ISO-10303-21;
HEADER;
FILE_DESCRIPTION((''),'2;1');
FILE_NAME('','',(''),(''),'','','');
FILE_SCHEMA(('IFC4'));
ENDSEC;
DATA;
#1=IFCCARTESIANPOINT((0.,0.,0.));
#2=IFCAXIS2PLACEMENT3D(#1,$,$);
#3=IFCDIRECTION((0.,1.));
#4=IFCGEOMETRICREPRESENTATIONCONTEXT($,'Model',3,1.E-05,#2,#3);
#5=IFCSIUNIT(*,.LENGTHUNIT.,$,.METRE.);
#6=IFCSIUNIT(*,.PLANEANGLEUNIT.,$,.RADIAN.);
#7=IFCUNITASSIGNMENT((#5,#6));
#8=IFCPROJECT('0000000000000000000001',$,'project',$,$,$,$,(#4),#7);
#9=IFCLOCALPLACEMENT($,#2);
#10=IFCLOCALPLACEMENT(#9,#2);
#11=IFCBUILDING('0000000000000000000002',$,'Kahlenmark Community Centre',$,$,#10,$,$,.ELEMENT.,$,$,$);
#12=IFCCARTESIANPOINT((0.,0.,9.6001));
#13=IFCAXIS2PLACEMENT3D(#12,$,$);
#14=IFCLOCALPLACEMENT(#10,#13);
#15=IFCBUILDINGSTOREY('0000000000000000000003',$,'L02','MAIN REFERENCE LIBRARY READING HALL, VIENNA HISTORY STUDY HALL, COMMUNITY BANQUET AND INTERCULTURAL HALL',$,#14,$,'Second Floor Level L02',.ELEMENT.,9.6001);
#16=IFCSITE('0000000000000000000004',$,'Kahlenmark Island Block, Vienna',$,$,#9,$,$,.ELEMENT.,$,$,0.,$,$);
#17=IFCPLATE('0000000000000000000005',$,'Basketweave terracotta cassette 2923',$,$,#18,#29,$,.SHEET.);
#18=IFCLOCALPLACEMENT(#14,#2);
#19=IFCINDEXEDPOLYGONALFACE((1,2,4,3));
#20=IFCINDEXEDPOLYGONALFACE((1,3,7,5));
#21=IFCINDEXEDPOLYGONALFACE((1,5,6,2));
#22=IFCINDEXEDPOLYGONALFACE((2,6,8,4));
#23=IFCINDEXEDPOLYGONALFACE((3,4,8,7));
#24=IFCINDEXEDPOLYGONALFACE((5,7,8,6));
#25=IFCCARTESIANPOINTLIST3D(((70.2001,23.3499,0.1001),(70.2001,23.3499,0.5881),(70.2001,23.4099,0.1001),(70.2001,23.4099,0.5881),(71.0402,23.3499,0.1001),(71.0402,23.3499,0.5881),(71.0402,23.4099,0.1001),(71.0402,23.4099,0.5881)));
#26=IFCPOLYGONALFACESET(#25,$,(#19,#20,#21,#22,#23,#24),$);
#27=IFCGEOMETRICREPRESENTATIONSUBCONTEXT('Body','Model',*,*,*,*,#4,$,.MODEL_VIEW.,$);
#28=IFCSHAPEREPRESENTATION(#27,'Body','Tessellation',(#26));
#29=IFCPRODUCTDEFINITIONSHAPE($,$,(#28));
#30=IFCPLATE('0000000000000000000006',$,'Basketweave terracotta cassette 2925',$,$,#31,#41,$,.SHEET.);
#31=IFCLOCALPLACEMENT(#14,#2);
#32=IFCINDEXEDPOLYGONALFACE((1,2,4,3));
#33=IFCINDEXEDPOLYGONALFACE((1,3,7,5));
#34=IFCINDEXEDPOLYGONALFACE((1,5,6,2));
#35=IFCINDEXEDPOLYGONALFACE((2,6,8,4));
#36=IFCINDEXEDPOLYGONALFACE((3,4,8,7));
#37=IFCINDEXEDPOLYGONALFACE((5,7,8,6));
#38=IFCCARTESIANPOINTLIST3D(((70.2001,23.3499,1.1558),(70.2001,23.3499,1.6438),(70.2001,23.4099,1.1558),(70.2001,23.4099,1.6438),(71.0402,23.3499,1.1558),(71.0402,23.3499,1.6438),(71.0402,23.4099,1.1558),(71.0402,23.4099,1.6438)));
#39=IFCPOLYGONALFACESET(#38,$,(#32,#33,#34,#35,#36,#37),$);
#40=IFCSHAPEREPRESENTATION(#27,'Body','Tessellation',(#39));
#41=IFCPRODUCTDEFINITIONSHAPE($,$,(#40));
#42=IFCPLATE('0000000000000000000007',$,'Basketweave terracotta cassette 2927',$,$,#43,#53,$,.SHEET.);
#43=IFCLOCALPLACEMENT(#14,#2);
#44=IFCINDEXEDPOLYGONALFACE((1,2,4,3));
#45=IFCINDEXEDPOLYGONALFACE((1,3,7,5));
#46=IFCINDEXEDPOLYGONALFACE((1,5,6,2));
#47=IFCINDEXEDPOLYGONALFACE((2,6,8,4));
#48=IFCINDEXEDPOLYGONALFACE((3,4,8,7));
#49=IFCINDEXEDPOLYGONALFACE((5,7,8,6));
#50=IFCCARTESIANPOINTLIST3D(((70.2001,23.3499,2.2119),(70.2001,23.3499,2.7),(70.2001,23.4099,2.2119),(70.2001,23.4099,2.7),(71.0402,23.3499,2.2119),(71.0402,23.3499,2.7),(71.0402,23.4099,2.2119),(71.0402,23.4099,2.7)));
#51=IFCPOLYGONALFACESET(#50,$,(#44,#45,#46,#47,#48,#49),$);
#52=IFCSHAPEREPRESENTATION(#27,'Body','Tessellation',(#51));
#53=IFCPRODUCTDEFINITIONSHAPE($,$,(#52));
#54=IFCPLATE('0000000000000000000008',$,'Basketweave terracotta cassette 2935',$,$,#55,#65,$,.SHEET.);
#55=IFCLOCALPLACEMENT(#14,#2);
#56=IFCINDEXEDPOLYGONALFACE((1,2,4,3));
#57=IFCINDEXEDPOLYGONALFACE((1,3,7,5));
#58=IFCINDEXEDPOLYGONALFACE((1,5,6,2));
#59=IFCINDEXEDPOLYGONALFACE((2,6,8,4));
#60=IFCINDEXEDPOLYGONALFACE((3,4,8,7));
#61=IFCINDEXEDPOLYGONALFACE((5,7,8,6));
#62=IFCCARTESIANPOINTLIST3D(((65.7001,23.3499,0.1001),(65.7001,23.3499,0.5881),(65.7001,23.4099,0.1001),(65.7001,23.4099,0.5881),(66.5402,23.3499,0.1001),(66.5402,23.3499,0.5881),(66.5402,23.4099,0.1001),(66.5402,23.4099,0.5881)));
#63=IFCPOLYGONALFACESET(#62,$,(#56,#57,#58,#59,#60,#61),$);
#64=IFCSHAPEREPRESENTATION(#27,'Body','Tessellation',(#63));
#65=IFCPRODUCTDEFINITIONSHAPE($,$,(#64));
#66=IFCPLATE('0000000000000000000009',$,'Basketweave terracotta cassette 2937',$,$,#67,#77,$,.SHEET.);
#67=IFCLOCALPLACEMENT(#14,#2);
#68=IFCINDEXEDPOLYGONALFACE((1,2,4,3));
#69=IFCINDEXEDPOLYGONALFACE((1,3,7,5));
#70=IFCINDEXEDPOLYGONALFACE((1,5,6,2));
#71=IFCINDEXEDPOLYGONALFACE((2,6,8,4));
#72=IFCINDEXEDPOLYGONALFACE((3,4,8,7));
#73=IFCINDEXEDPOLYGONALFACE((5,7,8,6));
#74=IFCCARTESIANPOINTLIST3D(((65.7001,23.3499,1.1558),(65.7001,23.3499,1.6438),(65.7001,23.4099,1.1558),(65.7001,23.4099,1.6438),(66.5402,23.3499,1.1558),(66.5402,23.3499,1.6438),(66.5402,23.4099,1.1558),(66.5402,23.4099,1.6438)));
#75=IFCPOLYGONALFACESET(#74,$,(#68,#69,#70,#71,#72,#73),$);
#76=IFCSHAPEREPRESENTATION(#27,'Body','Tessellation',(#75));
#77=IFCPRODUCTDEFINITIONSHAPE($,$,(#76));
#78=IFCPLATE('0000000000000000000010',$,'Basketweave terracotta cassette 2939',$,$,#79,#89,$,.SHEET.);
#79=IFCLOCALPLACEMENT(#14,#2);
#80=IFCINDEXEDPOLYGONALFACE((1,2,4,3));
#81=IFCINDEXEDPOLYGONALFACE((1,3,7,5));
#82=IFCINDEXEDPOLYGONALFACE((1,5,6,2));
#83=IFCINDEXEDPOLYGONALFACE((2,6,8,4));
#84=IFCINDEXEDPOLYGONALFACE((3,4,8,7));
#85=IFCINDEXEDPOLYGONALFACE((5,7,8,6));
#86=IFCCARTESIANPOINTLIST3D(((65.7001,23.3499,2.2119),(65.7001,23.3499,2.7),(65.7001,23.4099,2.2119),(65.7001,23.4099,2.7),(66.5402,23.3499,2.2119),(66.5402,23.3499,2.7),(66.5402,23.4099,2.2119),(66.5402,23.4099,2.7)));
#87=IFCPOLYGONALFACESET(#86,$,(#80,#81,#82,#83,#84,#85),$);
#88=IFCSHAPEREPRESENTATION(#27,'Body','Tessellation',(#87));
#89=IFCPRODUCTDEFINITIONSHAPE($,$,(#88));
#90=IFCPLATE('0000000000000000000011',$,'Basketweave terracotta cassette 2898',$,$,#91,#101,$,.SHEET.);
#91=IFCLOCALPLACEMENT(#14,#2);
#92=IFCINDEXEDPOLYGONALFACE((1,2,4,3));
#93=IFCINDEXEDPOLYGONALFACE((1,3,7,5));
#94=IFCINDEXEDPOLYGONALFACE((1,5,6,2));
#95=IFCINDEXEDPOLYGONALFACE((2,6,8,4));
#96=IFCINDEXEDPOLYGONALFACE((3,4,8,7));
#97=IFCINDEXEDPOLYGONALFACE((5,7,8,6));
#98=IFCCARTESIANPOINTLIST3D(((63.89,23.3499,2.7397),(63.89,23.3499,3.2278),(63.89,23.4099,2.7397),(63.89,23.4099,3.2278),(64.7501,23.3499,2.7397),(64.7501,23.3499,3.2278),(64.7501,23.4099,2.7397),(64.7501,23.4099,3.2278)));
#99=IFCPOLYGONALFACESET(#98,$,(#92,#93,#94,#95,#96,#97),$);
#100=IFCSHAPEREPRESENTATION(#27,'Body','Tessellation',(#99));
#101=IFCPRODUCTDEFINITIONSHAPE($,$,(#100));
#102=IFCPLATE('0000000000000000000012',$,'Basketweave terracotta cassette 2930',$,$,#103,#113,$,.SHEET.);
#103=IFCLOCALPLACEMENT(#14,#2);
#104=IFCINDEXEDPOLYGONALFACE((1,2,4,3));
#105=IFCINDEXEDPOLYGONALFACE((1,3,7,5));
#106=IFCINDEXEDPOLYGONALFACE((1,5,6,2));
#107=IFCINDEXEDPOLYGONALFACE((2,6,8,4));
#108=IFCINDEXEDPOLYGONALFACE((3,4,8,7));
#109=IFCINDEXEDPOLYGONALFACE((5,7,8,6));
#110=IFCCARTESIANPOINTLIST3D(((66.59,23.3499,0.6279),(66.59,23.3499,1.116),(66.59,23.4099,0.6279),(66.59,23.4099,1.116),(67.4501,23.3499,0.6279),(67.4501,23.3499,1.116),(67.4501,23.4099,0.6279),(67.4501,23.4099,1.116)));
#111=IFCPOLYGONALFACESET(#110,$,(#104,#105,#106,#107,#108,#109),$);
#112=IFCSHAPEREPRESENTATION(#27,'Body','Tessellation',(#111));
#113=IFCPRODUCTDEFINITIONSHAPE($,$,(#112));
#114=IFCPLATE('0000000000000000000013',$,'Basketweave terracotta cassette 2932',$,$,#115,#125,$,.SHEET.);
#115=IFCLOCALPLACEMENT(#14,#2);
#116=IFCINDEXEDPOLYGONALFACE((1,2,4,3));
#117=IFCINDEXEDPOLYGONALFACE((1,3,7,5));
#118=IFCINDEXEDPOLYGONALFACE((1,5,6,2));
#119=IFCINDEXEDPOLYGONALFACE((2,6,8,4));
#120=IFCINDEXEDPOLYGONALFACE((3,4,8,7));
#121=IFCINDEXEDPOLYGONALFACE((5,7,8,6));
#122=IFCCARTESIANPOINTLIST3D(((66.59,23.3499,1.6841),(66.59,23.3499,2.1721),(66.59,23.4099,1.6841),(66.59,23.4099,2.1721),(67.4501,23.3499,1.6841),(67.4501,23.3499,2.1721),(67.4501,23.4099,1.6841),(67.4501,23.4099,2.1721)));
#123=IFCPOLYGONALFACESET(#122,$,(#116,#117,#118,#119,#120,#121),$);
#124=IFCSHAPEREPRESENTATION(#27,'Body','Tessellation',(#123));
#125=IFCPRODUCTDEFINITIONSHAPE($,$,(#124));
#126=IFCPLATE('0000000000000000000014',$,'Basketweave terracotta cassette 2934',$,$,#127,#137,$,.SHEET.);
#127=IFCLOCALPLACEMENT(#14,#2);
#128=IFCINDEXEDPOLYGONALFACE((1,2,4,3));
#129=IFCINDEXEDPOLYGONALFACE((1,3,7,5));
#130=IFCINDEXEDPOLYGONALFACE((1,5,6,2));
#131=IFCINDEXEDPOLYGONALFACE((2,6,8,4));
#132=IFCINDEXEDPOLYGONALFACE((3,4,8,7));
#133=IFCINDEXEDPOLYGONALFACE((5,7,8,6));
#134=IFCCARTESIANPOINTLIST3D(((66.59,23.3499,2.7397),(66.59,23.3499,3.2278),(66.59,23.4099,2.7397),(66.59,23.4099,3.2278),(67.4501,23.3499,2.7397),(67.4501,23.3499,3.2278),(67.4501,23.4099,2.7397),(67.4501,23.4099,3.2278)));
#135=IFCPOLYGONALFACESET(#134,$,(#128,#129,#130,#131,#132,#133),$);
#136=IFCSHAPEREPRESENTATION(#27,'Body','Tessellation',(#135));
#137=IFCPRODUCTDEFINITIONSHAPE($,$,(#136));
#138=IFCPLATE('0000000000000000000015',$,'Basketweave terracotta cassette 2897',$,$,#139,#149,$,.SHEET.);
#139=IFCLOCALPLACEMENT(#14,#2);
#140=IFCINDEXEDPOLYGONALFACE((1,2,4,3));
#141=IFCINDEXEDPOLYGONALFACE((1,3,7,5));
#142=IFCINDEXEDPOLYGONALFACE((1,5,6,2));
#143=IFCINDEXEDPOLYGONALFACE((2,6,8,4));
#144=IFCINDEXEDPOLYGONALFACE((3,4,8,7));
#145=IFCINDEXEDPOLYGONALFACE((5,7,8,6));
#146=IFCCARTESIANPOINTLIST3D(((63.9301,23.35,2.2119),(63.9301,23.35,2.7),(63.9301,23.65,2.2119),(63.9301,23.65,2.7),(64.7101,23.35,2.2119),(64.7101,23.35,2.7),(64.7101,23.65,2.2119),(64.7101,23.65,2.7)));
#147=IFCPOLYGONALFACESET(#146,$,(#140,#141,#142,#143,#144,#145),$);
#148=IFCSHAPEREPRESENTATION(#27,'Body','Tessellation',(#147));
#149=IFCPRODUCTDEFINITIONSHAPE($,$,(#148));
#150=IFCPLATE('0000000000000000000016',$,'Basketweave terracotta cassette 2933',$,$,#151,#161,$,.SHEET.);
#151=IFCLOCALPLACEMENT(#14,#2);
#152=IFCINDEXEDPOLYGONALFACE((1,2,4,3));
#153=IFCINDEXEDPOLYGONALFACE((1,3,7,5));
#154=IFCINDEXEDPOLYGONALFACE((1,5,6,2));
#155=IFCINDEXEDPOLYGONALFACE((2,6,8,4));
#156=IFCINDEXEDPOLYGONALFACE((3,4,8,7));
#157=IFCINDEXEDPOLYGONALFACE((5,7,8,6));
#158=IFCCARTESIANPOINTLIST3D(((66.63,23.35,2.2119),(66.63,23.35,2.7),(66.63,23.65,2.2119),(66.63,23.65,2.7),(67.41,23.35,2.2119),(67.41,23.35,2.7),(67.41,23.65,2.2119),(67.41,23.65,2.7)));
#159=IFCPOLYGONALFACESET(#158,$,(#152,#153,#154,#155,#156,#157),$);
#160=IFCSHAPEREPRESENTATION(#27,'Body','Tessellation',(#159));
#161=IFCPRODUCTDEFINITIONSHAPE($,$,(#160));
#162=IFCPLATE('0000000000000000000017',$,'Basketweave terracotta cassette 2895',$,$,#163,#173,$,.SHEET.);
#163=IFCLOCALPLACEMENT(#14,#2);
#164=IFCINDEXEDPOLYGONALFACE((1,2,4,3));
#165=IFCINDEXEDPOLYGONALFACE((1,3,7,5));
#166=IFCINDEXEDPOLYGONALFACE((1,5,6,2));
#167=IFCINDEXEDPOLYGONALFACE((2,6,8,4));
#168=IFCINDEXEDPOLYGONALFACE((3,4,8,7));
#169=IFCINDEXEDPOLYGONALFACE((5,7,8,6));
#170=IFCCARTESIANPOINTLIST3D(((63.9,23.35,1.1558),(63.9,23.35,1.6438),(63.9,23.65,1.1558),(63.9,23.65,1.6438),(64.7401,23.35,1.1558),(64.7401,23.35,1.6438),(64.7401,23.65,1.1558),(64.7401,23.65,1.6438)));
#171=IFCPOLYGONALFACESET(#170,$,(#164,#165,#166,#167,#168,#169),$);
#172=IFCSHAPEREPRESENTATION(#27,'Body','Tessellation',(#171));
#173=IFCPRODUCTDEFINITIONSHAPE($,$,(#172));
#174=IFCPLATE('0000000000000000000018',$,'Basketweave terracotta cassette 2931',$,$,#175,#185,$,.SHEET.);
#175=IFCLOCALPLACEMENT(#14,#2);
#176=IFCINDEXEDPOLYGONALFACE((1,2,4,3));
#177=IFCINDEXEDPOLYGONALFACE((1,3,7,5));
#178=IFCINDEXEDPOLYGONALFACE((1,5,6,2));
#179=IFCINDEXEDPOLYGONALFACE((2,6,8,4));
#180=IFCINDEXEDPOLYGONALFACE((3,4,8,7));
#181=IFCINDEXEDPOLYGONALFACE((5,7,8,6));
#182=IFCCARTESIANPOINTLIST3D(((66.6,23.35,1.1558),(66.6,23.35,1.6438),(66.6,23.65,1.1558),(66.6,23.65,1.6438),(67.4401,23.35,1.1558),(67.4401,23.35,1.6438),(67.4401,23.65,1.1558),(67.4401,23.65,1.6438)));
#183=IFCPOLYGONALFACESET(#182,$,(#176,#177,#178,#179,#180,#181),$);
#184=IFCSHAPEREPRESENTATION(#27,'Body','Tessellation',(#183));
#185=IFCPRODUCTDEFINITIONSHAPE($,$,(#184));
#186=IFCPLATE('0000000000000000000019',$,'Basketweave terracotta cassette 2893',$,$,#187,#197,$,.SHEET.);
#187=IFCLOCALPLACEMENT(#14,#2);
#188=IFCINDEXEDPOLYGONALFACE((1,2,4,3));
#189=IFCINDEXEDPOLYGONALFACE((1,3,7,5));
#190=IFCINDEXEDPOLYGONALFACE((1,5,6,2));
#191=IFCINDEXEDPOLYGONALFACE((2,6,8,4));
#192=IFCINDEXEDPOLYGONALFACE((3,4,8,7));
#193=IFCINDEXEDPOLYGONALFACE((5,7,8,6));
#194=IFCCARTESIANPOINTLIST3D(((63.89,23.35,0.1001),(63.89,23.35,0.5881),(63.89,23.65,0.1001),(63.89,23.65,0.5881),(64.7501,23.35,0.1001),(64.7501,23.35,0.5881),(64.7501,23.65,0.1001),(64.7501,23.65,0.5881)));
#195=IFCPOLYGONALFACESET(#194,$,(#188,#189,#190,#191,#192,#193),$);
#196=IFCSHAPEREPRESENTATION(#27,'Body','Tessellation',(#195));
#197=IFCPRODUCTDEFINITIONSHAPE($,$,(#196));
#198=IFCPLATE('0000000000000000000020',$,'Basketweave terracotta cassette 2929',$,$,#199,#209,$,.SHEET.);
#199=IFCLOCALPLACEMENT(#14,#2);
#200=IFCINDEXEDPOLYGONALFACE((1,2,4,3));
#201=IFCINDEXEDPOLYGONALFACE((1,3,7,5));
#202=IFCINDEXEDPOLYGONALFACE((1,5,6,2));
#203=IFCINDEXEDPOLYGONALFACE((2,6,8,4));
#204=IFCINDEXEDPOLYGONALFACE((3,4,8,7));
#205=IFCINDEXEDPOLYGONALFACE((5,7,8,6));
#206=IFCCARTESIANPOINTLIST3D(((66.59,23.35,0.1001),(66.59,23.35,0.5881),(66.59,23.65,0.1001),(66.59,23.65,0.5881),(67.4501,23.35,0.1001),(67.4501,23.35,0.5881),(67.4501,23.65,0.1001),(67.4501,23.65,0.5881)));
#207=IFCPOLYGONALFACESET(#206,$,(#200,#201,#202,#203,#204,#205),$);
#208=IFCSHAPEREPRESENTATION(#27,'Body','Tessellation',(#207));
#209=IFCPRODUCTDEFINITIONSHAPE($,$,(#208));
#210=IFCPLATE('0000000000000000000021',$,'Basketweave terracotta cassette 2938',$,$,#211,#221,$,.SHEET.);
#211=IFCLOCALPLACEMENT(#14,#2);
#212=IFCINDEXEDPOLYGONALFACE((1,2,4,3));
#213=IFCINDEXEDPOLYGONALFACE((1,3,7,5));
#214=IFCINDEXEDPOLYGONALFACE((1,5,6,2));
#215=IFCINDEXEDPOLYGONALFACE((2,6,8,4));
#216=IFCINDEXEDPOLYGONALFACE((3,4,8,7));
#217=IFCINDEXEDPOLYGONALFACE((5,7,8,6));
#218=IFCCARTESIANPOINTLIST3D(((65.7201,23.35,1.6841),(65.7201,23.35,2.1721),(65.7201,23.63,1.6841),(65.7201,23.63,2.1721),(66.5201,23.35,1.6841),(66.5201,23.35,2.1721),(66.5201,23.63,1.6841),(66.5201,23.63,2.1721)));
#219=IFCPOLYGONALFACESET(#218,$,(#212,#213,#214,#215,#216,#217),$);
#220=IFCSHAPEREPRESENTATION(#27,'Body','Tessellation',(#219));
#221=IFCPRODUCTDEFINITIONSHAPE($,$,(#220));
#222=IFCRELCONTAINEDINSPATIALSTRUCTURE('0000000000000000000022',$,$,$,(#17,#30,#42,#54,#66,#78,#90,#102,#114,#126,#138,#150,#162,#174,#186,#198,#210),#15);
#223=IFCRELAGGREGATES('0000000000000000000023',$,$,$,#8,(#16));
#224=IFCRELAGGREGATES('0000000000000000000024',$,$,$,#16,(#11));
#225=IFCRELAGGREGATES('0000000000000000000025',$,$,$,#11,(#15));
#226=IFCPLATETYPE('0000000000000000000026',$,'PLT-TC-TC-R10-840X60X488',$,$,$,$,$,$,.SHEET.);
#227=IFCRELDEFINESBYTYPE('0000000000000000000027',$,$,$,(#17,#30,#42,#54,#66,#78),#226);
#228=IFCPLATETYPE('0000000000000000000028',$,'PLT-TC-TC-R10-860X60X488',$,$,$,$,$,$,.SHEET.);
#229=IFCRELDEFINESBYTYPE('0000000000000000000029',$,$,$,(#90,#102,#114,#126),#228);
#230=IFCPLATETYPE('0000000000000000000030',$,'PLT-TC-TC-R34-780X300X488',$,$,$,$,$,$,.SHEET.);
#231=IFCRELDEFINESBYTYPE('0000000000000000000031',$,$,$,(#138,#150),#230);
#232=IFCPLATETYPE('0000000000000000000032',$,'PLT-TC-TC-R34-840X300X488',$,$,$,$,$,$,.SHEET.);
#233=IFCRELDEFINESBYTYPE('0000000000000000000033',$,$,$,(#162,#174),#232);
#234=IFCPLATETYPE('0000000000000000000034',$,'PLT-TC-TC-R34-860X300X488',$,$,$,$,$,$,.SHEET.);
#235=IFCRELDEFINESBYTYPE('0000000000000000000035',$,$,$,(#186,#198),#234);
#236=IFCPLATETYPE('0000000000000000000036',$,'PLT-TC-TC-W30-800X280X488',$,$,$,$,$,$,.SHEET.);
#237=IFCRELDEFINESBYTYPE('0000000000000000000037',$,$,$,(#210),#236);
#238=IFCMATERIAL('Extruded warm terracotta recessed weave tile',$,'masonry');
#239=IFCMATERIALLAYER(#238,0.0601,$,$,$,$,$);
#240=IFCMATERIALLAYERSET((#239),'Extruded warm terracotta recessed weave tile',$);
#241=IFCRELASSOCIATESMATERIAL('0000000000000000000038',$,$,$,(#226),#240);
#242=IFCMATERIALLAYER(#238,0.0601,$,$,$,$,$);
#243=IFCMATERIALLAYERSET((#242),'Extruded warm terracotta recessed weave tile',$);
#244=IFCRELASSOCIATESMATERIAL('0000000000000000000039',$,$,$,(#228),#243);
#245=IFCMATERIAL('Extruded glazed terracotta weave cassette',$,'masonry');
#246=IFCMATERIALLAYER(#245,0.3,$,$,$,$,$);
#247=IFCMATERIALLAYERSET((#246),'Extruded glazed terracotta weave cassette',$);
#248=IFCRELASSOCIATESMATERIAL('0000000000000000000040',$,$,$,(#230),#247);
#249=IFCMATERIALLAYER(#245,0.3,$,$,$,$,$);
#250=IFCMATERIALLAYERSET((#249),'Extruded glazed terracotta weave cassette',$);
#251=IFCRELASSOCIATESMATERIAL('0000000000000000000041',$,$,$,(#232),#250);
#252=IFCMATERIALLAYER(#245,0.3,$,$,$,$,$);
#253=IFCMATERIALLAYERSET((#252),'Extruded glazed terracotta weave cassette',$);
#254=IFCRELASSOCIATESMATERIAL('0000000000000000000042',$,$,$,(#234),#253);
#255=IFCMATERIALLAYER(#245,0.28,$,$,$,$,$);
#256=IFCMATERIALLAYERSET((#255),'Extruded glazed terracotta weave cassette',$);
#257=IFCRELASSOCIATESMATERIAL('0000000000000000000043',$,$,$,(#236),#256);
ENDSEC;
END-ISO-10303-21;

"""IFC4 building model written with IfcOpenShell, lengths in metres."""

from ifc_helpers import new_model, si_unit, direction, frame, origin, origin_2d, place, context, subcontext, project, spatial, rectangle, extrude, material, layer, layer_set, type_object, element, save


model = new_model("IFC4")

# Units and contexts
model_context = context("Model", 3, precision=1e-05, world=origin(), true_north=direction((0.0, 1.0)))
body_context = subcontext(model_context, "Body", "Model", "MODEL_VIEW")
ifc_project = project(units=[si_unit("LENGTHUNIT", "METRE"), si_unit("PLANEANGLEUNIT", "RADIAN")], contexts=[model_context])

# Site, building, storey
site_placement = place(None, origin())
site = spatial("IfcSite", under=ifc_project, at=site_placement, Name="Kahlenmark Island Block, Vienna", CompositionType="ELEMENT", RefElevation=0.0)
building_placement = place(site_placement, origin())
building = spatial("IfcBuilding", under=site, at=building_placement, Name="Kahlenmark Community Centre", CompositionType="ELEMENT")
storey_placement = place(building_placement, frame((0.0, 0.0, 9.6001)))
storey = spatial("IfcBuildingStorey", under=building, at=storey_placement, Name="L02", Description="MAIN REFERENCE LIBRARY READING HALL, VIENNA HISTORY STUDY HALL, COMMUNITY BANQUET AND INTERCULTURAL HALL", LongName="Second Floor Level L02", CompositionType="ELEMENT", Elevation=9.6001)

# Plates
ifc_material_1 = material(Name="Extruded warm terracotta recessed weave tile", Category="masonry")
ifc_layer_1 = layer(ifc_material_1, 0.0601)
ifc_layer_set_1 = layer_set([ifc_layer_1], Name="Extruded warm terracotta recessed weave tile")
plate_type_1 = type_object("IfcPlateType", Name="PLT-TC-TC-R10-840X60X488", PredefinedType="SHEET", material=ifc_layer_set_1)
for number, where, z_axis, x_axis, name in (
    (1, (70.6201, 23.3799, 0.1001), (0.0, 0.0, 1.0), (-1.0, 0.0, 0.0), "Basketweave terracotta cassette 2923"),
    (2, (70.6201, 23.3799, 1.1558), (0.0, 0.0, 1.0), (-1.0, 0.0, 0.0), "Basketweave terracotta cassette 2925"),
    (3, (70.6201, 23.3799, 2.2119), (0.0, 0.0, 1.0), (-1.0, 0.0, 0.0), "Basketweave terracotta cassette 2927"),
    (4, (66.1201, 23.3799, 0.1001), (0.0, 0.0, 1.0), (-1.0, 0.0, 0.0), "Basketweave terracotta cassette 2935"),
    (5, (66.1201, 23.3799, 1.1558), (0.0, 0.0, 1.0), (-1.0, 0.0, 0.0), "Basketweave terracotta cassette 2937"),
    (6, (66.1201, 23.3799, 2.2119), (0.0, 0.0, 1.0), (-1.0, 0.0, 0.0), "Basketweave terracotta cassette 2939"),
):
    element("IfcPlate", number, at=place(storey_placement, frame(where, z_axis=z_axis, x_axis=x_axis)), inside=storey, type_object=plate_type_1, Name=name, PredefinedType="SHEET", context=body_context, shape_type="SweptSolid", body=[
        extrude(rectangle(XDim=0.8401, YDim=0.0601, at=origin_2d()), origin(), (0.0, 0.0, 1.0), 0.488),
    ])
ifc_layer_2 = layer(ifc_material_1, 0.0601)
ifc_layer_set_2 = layer_set([ifc_layer_2], Name="Extruded warm terracotta recessed weave tile")
plate_type_2 = type_object("IfcPlateType", Name="PLT-TC-TC-R10-860X60X488", PredefinedType="SHEET", material=ifc_layer_set_2)
for number, where, z_axis, x_axis, name in (
    (7, (64.3201, 23.3799, 2.7397), (0.0, 0.0, 1.0), (-1.0, 0.0, 0.0), "Basketweave terracotta cassette 2898"),
    (8, (67.02, 23.3799, 0.6279), (0.0, 0.0, 1.0), (-1.0, 0.0, 0.0), "Basketweave terracotta cassette 2930"),
    (9, (67.02, 23.3799, 1.6841), (0.0, 0.0, 1.0), (-1.0, 0.0, 0.0), "Basketweave terracotta cassette 2932"),
    (10, (67.02, 23.3799, 2.7397), (0.0, 0.0, 1.0), (-1.0, 0.0, 0.0), "Basketweave terracotta cassette 2934"),
):
    element("IfcPlate", number, at=place(storey_placement, frame(where, z_axis=z_axis, x_axis=x_axis)), inside=storey, type_object=plate_type_2, Name=name, PredefinedType="SHEET", context=body_context, shape_type="SweptSolid", body=[
        extrude(rectangle(XDim=0.8601, YDim=0.0601, at=origin_2d()), origin(), (0.0, 0.0, 1.0), 0.488),
    ])
ifc_material_2 = material(Name="Extruded glazed terracotta weave cassette", Category="masonry")
ifc_layer_3 = layer(ifc_material_2, 0.3)
ifc_layer_set_3 = layer_set([ifc_layer_3], Name="Extruded glazed terracotta weave cassette")
plate_type_3 = type_object("IfcPlateType", Name="PLT-TC-TC-R34-780X300X488", PredefinedType="SHEET", material=ifc_layer_set_3)
for number, where, z_axis, x_axis, name in (
    (11, (64.3201, 23.5, 2.2119), (0.0, 0.0, 1.0), (-1.0, 0.0, 0.0), "Basketweave terracotta cassette 2897"),
    (12, (67.02, 23.5, 2.2119), (0.0, 0.0, 1.0), (-1.0, 0.0, 0.0), "Basketweave terracotta cassette 2933"),
):
    element("IfcPlate", number, at=place(storey_placement, frame(where, z_axis=z_axis, x_axis=x_axis)), inside=storey, type_object=plate_type_3, Name=name, PredefinedType="SHEET", context=body_context, shape_type="SweptSolid", body=[
        extrude(rectangle(XDim=0.78, YDim=0.3, at=origin_2d()), origin(), (0.0, 0.0, 1.0), 0.488),
    ])
ifc_layer_4 = layer(ifc_material_2, 0.3)
ifc_layer_set_4 = layer_set([ifc_layer_4], Name="Extruded glazed terracotta weave cassette")
plate_type_4 = type_object("IfcPlateType", Name="PLT-TC-TC-R34-840X300X488", PredefinedType="SHEET", material=ifc_layer_set_4)
for number, where, z_axis, x_axis, name in (
    (13, (64.3201, 23.5, 1.1558), (0.0, 0.0, 1.0), (-1.0, 0.0, 0.0), "Basketweave terracotta cassette 2895"),
    (14, (67.02, 23.5, 1.1558), (0.0, 0.0, 1.0), (-1.0, 0.0, 0.0), "Basketweave terracotta cassette 2931"),
):
    element("IfcPlate", number, at=place(storey_placement, frame(where, z_axis=z_axis, x_axis=x_axis)), inside=storey, type_object=plate_type_4, Name=name, PredefinedType="SHEET", context=body_context, shape_type="SweptSolid", body=[
        extrude(rectangle(XDim=0.8401, YDim=0.3, at=origin_2d()), origin(), (0.0, 0.0, 1.0), 0.488),
    ])
ifc_layer_5 = layer(ifc_material_2, 0.3)
ifc_layer_set_5 = layer_set([ifc_layer_5], Name="Extruded glazed terracotta weave cassette")
plate_type_5 = type_object("IfcPlateType", Name="PLT-TC-TC-R34-860X300X488", PredefinedType="SHEET", material=ifc_layer_set_5)
for number, where, z_axis, x_axis, name in (
    (15, (64.3201, 23.5, 0.1001), (0.0, 0.0, 1.0), (-1.0, 0.0, 0.0), "Basketweave terracotta cassette 2893"),
    (16, (67.02, 23.5, 0.1001), (0.0, 0.0, 1.0), (-1.0, 0.0, 0.0), "Basketweave terracotta cassette 2929"),
):
    element("IfcPlate", number, at=place(storey_placement, frame(where, z_axis=z_axis, x_axis=x_axis)), inside=storey, type_object=plate_type_5, Name=name, PredefinedType="SHEET", context=body_context, shape_type="SweptSolid", body=[
        extrude(rectangle(XDim=0.8601, YDim=0.3, at=origin_2d()), origin(), (0.0, 0.0, 1.0), 0.488),
    ])
ifc_layer_6 = layer(ifc_material_2, 0.28)
ifc_layer_set_6 = layer_set([ifc_layer_6], Name="Extruded glazed terracotta weave cassette")
plate_type_6 = type_object("IfcPlateType", Name="PLT-TC-TC-W30-800X280X488", PredefinedType="SHEET", material=ifc_layer_set_6)
plate_1_placement = place(storey_placement, frame((66.1201, 23.49, 1.6841), z_axis=(0.0, 0.0, 1.0), x_axis=(-1.0, 0.0, 0.0)))
element("IfcPlate", 17, at=plate_1_placement, inside=storey, type_object=plate_type_6, Name="Basketweave terracotta cassette 2938", PredefinedType="SHEET", context=body_context, shape_type="SweptSolid", body=[
    extrude(rectangle(XDim=0.8, YDim=0.28, at=origin_2d()), origin(), (0.0, 0.0, 1.0), 0.488),
])

save(model, "model.ifc")
